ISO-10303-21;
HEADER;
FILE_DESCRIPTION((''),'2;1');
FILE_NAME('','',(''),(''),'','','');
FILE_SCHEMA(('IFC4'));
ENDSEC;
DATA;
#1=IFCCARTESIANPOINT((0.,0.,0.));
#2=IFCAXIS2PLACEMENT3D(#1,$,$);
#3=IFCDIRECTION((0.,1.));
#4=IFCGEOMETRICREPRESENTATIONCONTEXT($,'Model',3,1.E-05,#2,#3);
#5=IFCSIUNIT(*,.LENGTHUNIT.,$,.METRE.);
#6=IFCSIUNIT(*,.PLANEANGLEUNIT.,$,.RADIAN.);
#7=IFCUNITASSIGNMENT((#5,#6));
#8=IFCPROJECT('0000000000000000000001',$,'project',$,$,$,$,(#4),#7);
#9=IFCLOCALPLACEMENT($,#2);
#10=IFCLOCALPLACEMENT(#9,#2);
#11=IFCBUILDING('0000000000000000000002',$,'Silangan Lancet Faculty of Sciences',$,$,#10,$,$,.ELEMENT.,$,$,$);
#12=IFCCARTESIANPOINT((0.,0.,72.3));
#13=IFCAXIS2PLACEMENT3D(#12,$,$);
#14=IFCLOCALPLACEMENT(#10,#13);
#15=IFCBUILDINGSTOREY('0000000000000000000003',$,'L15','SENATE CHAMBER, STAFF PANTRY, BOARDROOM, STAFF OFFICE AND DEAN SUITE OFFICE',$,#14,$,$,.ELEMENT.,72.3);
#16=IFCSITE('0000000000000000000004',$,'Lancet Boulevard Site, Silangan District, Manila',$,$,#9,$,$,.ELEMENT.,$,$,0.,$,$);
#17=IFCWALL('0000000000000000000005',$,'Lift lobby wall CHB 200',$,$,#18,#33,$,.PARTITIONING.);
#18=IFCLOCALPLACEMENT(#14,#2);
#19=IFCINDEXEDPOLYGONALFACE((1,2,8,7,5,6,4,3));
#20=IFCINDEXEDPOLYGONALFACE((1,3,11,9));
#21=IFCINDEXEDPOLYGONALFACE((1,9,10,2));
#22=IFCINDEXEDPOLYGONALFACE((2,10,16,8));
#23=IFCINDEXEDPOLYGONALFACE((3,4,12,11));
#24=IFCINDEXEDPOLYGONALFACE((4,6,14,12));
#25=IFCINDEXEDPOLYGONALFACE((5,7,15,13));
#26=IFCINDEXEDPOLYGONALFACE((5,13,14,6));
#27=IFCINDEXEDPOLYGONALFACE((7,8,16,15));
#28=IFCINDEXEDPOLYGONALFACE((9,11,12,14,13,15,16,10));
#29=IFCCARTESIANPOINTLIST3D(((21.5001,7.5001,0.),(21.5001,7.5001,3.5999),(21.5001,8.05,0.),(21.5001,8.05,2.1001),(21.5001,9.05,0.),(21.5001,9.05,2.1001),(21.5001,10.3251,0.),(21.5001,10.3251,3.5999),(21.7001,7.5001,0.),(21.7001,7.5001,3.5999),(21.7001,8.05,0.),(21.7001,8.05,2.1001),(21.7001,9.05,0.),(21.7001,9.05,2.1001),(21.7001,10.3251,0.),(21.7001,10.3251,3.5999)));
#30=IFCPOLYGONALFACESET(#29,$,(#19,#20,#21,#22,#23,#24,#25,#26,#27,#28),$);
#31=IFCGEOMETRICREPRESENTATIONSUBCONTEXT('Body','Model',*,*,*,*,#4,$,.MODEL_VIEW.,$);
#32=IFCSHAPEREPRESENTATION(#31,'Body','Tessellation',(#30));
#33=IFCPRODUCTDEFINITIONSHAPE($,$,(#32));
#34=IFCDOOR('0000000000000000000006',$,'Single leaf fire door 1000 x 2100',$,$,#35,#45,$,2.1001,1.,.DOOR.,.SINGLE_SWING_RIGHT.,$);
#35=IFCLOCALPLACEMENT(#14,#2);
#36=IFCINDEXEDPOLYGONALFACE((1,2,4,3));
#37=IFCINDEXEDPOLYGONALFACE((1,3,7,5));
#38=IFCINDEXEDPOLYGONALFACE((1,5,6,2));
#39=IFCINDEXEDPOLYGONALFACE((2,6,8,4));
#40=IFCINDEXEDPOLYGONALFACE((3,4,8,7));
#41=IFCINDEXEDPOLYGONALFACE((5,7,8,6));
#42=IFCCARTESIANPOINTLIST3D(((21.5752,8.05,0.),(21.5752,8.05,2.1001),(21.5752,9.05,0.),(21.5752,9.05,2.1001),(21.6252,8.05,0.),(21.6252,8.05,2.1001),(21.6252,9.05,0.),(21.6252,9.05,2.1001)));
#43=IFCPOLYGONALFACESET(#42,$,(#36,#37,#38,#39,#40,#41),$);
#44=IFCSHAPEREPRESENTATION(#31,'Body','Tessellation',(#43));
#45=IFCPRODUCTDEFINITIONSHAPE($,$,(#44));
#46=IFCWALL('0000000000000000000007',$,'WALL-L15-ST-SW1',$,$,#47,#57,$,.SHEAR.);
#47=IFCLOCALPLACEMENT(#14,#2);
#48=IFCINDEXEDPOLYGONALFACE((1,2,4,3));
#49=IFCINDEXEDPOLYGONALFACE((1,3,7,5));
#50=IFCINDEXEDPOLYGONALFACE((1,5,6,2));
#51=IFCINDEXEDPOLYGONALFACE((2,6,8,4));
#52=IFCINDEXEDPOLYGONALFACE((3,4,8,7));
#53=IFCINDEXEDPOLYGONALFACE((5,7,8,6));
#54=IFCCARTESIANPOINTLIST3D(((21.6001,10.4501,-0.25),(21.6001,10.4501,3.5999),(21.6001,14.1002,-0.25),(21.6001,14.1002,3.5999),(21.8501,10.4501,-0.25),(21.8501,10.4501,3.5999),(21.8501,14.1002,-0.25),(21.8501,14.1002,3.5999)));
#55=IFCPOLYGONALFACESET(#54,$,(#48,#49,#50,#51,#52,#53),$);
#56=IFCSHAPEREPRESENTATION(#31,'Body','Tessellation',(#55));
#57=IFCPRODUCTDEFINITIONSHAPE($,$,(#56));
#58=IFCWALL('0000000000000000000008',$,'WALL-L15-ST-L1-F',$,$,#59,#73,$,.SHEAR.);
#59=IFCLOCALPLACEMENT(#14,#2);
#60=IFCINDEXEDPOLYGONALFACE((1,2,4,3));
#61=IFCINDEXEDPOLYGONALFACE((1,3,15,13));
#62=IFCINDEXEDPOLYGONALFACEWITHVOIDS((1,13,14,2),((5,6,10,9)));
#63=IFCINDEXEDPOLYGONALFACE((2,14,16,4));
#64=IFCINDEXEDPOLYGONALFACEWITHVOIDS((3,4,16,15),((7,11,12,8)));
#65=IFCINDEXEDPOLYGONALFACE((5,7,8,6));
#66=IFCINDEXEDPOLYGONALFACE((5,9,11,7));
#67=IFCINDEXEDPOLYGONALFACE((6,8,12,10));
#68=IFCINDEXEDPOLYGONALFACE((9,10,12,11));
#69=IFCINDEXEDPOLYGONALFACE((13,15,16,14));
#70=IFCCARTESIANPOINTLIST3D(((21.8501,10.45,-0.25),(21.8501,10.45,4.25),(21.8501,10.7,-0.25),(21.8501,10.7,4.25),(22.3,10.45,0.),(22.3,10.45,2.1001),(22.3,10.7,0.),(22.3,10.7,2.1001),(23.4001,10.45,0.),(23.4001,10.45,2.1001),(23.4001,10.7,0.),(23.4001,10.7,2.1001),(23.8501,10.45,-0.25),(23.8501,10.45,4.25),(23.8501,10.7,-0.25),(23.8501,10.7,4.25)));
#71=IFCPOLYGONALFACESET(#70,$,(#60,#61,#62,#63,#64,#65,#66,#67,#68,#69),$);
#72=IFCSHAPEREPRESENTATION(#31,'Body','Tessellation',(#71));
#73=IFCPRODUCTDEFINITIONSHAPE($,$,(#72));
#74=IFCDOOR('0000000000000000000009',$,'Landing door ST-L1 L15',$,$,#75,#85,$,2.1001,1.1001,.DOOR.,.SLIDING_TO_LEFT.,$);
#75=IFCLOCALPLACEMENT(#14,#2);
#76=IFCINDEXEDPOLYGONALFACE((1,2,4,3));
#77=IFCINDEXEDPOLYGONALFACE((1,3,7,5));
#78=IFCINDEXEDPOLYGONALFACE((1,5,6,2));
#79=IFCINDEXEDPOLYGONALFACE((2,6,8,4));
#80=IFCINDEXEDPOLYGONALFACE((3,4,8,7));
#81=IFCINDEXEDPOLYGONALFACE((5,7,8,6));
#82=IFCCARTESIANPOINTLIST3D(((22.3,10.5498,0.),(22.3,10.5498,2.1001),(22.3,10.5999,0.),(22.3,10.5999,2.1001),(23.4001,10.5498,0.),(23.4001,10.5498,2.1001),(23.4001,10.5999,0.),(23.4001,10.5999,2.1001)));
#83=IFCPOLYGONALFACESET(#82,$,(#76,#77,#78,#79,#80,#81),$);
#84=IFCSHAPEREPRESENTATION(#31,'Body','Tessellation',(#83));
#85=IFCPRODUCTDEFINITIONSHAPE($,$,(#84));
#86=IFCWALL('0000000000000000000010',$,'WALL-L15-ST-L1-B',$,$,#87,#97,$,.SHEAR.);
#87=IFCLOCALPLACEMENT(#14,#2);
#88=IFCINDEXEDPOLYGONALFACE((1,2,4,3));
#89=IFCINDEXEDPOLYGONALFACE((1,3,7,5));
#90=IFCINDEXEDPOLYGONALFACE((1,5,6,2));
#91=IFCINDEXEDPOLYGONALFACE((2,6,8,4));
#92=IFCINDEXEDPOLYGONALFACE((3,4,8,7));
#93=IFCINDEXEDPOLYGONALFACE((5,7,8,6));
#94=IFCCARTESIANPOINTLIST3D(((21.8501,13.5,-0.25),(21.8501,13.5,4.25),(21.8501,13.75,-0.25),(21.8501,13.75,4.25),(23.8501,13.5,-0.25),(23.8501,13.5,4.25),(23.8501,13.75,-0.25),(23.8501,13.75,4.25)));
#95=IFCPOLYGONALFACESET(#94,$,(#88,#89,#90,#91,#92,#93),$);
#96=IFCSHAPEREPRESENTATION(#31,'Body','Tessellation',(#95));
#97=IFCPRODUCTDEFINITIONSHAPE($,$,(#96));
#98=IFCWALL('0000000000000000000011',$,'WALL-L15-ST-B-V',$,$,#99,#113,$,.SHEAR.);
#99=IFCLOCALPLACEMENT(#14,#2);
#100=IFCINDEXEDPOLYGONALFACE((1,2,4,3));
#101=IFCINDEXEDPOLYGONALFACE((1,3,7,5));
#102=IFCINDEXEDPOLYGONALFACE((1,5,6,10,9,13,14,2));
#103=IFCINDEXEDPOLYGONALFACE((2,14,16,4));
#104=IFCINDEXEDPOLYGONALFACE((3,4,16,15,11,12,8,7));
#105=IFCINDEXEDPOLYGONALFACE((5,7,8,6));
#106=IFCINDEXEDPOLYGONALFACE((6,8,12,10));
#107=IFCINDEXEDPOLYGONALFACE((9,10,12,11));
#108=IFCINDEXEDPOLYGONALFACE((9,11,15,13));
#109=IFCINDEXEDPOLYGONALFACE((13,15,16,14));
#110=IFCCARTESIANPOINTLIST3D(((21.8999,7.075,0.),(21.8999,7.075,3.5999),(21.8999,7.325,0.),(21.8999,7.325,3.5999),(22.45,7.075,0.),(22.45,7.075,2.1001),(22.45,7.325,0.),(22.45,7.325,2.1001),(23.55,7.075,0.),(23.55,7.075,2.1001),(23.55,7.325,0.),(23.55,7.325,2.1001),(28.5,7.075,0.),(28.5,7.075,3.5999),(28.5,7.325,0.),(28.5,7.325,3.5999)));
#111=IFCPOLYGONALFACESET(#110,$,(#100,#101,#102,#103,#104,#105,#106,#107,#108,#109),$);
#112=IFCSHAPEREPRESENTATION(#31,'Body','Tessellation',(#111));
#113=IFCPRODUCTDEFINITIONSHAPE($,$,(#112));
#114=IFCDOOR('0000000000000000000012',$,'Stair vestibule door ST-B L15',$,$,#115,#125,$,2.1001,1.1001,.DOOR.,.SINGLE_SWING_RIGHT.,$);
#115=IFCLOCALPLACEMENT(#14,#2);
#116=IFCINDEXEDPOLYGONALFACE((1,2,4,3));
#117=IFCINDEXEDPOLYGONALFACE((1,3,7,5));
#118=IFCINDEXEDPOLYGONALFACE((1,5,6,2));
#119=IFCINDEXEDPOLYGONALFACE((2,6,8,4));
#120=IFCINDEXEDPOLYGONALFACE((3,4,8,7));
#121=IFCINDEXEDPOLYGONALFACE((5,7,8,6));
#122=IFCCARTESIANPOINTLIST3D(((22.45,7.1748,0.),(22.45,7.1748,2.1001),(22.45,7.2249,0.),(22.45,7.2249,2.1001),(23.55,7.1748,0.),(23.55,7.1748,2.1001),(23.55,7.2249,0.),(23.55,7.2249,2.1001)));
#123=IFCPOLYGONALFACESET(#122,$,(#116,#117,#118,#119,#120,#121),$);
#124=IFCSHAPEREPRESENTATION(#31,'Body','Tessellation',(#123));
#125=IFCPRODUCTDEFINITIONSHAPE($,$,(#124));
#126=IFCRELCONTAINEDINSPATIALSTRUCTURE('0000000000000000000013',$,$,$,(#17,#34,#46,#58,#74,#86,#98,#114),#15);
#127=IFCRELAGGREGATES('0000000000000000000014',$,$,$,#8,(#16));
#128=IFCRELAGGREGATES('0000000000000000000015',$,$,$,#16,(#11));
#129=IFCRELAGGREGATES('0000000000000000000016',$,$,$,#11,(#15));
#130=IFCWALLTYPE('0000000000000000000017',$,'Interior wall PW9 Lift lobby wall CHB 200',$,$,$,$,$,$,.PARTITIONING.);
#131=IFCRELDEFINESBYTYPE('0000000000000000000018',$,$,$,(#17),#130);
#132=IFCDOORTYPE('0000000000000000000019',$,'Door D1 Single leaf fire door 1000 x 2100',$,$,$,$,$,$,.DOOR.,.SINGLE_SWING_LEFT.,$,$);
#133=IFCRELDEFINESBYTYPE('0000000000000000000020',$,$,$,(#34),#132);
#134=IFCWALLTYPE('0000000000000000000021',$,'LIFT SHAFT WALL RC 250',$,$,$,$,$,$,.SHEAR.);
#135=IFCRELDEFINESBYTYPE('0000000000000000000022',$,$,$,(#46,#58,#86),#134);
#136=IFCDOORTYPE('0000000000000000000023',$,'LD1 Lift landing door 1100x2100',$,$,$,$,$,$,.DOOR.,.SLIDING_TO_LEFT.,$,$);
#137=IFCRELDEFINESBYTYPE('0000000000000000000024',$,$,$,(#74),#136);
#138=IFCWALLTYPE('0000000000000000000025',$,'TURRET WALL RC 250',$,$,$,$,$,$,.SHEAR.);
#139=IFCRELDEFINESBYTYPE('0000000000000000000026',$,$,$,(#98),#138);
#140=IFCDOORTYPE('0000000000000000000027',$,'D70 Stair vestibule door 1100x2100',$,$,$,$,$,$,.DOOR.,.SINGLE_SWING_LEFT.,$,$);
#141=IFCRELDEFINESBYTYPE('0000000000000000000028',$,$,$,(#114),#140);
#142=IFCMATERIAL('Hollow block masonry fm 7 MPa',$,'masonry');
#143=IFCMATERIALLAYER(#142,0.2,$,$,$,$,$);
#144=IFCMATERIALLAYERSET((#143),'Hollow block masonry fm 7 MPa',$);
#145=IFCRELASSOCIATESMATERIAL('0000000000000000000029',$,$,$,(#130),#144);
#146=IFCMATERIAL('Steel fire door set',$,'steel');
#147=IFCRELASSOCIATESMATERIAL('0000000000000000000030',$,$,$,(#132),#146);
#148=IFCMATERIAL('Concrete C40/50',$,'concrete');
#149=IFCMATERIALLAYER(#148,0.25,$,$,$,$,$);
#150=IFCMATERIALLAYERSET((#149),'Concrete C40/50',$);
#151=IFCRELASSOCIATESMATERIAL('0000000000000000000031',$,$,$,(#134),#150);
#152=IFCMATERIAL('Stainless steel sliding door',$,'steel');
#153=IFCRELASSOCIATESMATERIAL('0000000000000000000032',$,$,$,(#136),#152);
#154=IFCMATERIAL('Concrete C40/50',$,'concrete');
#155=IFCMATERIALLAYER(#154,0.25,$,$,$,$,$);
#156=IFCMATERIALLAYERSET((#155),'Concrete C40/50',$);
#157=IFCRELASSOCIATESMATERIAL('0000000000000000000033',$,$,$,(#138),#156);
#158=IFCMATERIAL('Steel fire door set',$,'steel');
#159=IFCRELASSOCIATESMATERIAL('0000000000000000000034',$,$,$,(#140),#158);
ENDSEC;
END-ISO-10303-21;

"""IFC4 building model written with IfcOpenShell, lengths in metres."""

from ifc_helpers import new_model, si_unit, direction, frame, frame_2d, origin, place, context, subcontext, project, spatial, rectangle, extrude, material, layer, layer_set, type_object, element, fill, save


model = new_model("IFC4")

# Units and contexts
model_context = context("Model", 3, precision=1e-05, world=origin(), true_north=direction((0.0, 1.0)))
body_context = subcontext(model_context, "Body", "Model", "MODEL_VIEW")
ifc_project = project(units=[si_unit("LENGTHUNIT", "METRE"), si_unit("PLANEANGLEUNIT", "RADIAN")], contexts=[model_context])

# Site, building, storey
site_placement = place(None, origin())
site = spatial("IfcSite", under=ifc_project, at=site_placement, Name="Lancet Boulevard Site, Silangan District, Manila", CompositionType="ELEMENT", RefElevation=0.0)
building_placement = place(site_placement, origin())
building = spatial("IfcBuilding", under=site, at=building_placement, Name="Silangan Lancet Faculty of Sciences", CompositionType="ELEMENT")
storey_placement = place(building_placement, frame((0.0, 0.0, 72.3)))
storey = spatial("IfcBuildingStorey", under=building, at=storey_placement, Name="L15", Description="SENATE CHAMBER, STAFF PANTRY, BOARDROOM, STAFF OFFICE AND DEAN SUITE OFFICE", CompositionType="ELEMENT", Elevation=72.3)

# Wall, opening, door
ifc_material_1 = material(Name="Hollow block masonry fm 7 MPa", Category="masonry")
ifc_layer_1 = layer(ifc_material_1, 0.2)
ifc_layer_set_1 = layer_set([ifc_layer_1], Name="Hollow block masonry fm 7 MPa")
wall_type_1 = type_object("IfcWallType", Name="Interior wall PW9 Lift lobby wall CHB 200", PredefinedType="PARTITIONING", material=ifc_layer_set_1)
wall_1_placement = place(storey_placement, frame((21.6001, 7.5, 0.0), z_axis=(0.0, 0.0, 1.0), x_axis=(0.0, 1.0, 0.0)))
wall_1 = element("IfcWall", 1, at=wall_1_placement, inside=storey, type_object=wall_type_1, Name="Lift lobby wall CHB 200", PredefinedType="PARTITIONING", context=body_context, shape_type="SweptSolid", body=[
    extrude(rectangle(XDim=2.825, YDim=0.2, at=frame_2d((1.4126, 0.0))), origin(), (0.0, 0.0, 1.0), 3.5999),
])
opening_1_placement = place(wall_1_placement, frame((0.55, 0.0, 0.0)))
opening_1 = element("IfcOpeningElement", 2, at=opening_1_placement, cuts=wall_1, PredefinedType="OPENING", context=body_context, shape_type="SweptSolid", body=[
    extrude(rectangle(XDim=1.0, YDim=2.1001, at=frame_2d((0.5, 1.05))), frame((0.0, 0.1099, 0.0), z_axis=(0.0, -1.0, 0.0), x_axis=(1.0, 0.0, 0.0)), (0.0, 0.0, 1.0), 0.22),
])
ifc_material_2 = material(Name="Steel fire door set", Category="steel")
door_type_1 = type_object("IfcDoorType", Name="Door D1 Single leaf fire door 1000 x 2100", OperationType="SINGLE_SWING_LEFT", PredefinedType="DOOR", material=ifc_material_2)
door_1_placement = place(opening_1_placement, origin())
door_1 = element("IfcDoor", 3, at=door_1_placement, inside=storey, type_object=door_type_1, Name="Single leaf fire door 1000 x 2100", OperationType="SINGLE_SWING_RIGHT", OverallHeight=2.1001, OverallWidth=1.0, PredefinedType="DOOR", context=body_context, shape_type="SweptSolid", body=[
    extrude(rectangle(XDim=1.0, YDim=2.1001, at=frame_2d((0.5, 1.05))), frame((0.0, 0.0249, 0.0), z_axis=(0.0, -1.0, 0.0), x_axis=(1.0, 0.0, 0.0)), (0.0, 0.0, 1.0), 0.05),
])
fill(opening_1, door_1)

# Wall
ifc_material_3 = material(Name="Concrete C40/50", Category="concrete")
ifc_layer_2 = layer(ifc_material_3, 0.25)
ifc_layer_set_2 = layer_set([ifc_layer_2], Name="Concrete C40/50")
wall_type_2 = type_object("IfcWallType", Name="LIFT SHAFT WALL RC 250", PredefinedType="SHEAR", material=ifc_layer_set_2)
wall_2_placement = place(storey_placement, frame((21.7251, 10.45, -0.25), z_axis=(0.0, 0.0, 1.0), x_axis=(0.0, 1.0, 0.0)))
element("IfcWall", 4, at=wall_2_placement, inside=storey, type_object=wall_type_2, Name="WALL-L15-ST-SW1", PredefinedType="SHEAR", context=body_context, shape_type="SweptSolid", body=[
    extrude(rectangle(XDim=3.6501, YDim=0.25, at=frame_2d((1.8252, 0.0))), origin(), (0.0, 0.0, 1.0), 3.8499),
])

# Wall, opening, door
wall_3_placement = place(storey_placement, frame((21.8501, 10.575, -0.25), z_axis=(0.0, 0.0, 1.0), x_axis=(1.0, 0.0, 0.0)))
wall_3 = element("IfcWall", 5, at=wall_3_placement, inside=storey, type_object=wall_type_2, Name="WALL-L15-ST-L1-F", PredefinedType="SHEAR", context=body_context, shape_type="SweptSolid", body=[
    extrude(rectangle(XDim=2.0, YDim=0.25, at=frame_2d((1.0, 0.0))), origin(), (0.0, 0.0, 1.0), 4.5),
])
opening_2_placement = place(wall_3_placement, frame((0.45, 0.0, 0.25)))
opening_2 = element("IfcOpeningElement", 6, at=opening_2_placement, cuts=wall_3, PredefinedType="OPENING", context=body_context, shape_type="SweptSolid", body=[
    extrude(rectangle(XDim=1.1001, YDim=2.1001, at=frame_2d((0.55, 1.05))), frame((0.0, 0.135, 0.0), z_axis=(0.0, -1.0, 0.0), x_axis=(1.0, 0.0, 0.0)), (0.0, 0.0, 1.0), 0.27),
])
ifc_material_4 = material(Name="Stainless steel sliding door", Category="steel")
door_type_2 = type_object("IfcDoorType", Name="LD1 Lift landing door 1100x2100", OperationType="SLIDING_TO_LEFT", PredefinedType="DOOR", material=ifc_material_4)
door_2_placement = place(opening_2_placement, origin())
door_2 = element("IfcDoor", 7, at=door_2_placement, inside=storey, type_object=door_type_2, Name="Landing door ST-L1 L15", OperationType="SLIDING_TO_LEFT", OverallHeight=2.1001, OverallWidth=1.1001, PredefinedType="DOOR", context=body_context, shape_type="SweptSolid", body=[
    extrude(rectangle(XDim=1.1001, YDim=2.1001, at=frame_2d((0.55, 1.05))), frame((0.0, 0.0249, 0.0), z_axis=(0.0, -1.0, 0.0), x_axis=(1.0, 0.0, 0.0)), (0.0, 0.0, 1.0), 0.05),
])
fill(opening_2, door_2)

# Wall
wall_4_placement = place(storey_placement, frame((21.8501, 13.625, -0.25), z_axis=(0.0, 0.0, 1.0), x_axis=(1.0, 0.0, 0.0)))
element("IfcWall", 8, at=wall_4_placement, inside=storey, type_object=wall_type_2, Name="WALL-L15-ST-L1-B", PredefinedType="SHEAR", context=body_context, shape_type="SweptSolid", body=[
    extrude(rectangle(XDim=2.0, YDim=0.25, at=frame_2d((1.0, 0.0))), origin(), (0.0, 0.0, 1.0), 4.5),
])

# Wall, opening, door
ifc_material_5 = material(Name="Concrete C40/50", Category="concrete")
ifc_layer_3 = layer(ifc_material_5, 0.25)
ifc_layer_set_3 = layer_set([ifc_layer_3], Name="Concrete C40/50")
wall_type_3 = type_object("IfcWallType", Name="TURRET WALL RC 250", PredefinedType="SHEAR", material=ifc_layer_set_3)
wall_5_placement = place(storey_placement, frame((21.8999, 7.2, 0.0), z_axis=(0.0, 0.0, 1.0), x_axis=(1.0, 0.0, 0.0)))
wall_5 = element("IfcWall", 9, at=wall_5_placement, inside=storey, type_object=wall_type_3, Name="WALL-L15-ST-B-V", PredefinedType="SHEAR", context=body_context, shape_type="SweptSolid", body=[
    extrude(rectangle(XDim=6.6001, YDim=0.25, at=frame_2d((3.3, 0.0))), origin(), (0.0, 0.0, 1.0), 3.5999),
])
opening_3_placement = place(wall_5_placement, frame((0.55, 0.0, 0.0)))
opening_3 = element("IfcOpeningElement", 10, at=opening_3_placement, cuts=wall_5, PredefinedType="OPENING", context=body_context, shape_type="SweptSolid", body=[
    extrude(rectangle(XDim=1.1001, YDim=2.1001, at=frame_2d((0.55, 1.05))), frame((0.0, 0.135, 0.0), z_axis=(0.0, -1.0, 0.0), x_axis=(1.0, 0.0, 0.0)), (0.0, 0.0, 1.0), 0.27),
])
ifc_material_6 = material(Name="Steel fire door set", Category="steel")
door_type_3 = type_object("IfcDoorType", Name="D70 Stair vestibule door 1100x2100", OperationType="SINGLE_SWING_LEFT", PredefinedType="DOOR", material=ifc_material_6)
door_3_placement = place(opening_3_placement, frame((1.1001, 0.0, 0.0), z_axis=(0.0, 0.0, 1.0), x_axis=(-1.0, 0.0, 0.0)))
door_3 = element("IfcDoor", 11, at=door_3_placement, inside=storey, type_object=door_type_3, Name="Stair vestibule door ST-B L15", OperationType="SINGLE_SWING_RIGHT", OverallHeight=2.1001, OverallWidth=1.1001, PredefinedType="DOOR", context=body_context, shape_type="SweptSolid", body=[
    extrude(rectangle(XDim=1.1001, YDim=2.1001, at=frame_2d((0.55, 1.05))), frame((0.0, 0.0251, 0.0), z_axis=(0.0, -1.0, 0.0), x_axis=(1.0, 0.0, 0.0)), (0.0, 0.0, 1.0), 0.05),
])
fill(opening_3, door_3)

save(model, "model.ifc")
